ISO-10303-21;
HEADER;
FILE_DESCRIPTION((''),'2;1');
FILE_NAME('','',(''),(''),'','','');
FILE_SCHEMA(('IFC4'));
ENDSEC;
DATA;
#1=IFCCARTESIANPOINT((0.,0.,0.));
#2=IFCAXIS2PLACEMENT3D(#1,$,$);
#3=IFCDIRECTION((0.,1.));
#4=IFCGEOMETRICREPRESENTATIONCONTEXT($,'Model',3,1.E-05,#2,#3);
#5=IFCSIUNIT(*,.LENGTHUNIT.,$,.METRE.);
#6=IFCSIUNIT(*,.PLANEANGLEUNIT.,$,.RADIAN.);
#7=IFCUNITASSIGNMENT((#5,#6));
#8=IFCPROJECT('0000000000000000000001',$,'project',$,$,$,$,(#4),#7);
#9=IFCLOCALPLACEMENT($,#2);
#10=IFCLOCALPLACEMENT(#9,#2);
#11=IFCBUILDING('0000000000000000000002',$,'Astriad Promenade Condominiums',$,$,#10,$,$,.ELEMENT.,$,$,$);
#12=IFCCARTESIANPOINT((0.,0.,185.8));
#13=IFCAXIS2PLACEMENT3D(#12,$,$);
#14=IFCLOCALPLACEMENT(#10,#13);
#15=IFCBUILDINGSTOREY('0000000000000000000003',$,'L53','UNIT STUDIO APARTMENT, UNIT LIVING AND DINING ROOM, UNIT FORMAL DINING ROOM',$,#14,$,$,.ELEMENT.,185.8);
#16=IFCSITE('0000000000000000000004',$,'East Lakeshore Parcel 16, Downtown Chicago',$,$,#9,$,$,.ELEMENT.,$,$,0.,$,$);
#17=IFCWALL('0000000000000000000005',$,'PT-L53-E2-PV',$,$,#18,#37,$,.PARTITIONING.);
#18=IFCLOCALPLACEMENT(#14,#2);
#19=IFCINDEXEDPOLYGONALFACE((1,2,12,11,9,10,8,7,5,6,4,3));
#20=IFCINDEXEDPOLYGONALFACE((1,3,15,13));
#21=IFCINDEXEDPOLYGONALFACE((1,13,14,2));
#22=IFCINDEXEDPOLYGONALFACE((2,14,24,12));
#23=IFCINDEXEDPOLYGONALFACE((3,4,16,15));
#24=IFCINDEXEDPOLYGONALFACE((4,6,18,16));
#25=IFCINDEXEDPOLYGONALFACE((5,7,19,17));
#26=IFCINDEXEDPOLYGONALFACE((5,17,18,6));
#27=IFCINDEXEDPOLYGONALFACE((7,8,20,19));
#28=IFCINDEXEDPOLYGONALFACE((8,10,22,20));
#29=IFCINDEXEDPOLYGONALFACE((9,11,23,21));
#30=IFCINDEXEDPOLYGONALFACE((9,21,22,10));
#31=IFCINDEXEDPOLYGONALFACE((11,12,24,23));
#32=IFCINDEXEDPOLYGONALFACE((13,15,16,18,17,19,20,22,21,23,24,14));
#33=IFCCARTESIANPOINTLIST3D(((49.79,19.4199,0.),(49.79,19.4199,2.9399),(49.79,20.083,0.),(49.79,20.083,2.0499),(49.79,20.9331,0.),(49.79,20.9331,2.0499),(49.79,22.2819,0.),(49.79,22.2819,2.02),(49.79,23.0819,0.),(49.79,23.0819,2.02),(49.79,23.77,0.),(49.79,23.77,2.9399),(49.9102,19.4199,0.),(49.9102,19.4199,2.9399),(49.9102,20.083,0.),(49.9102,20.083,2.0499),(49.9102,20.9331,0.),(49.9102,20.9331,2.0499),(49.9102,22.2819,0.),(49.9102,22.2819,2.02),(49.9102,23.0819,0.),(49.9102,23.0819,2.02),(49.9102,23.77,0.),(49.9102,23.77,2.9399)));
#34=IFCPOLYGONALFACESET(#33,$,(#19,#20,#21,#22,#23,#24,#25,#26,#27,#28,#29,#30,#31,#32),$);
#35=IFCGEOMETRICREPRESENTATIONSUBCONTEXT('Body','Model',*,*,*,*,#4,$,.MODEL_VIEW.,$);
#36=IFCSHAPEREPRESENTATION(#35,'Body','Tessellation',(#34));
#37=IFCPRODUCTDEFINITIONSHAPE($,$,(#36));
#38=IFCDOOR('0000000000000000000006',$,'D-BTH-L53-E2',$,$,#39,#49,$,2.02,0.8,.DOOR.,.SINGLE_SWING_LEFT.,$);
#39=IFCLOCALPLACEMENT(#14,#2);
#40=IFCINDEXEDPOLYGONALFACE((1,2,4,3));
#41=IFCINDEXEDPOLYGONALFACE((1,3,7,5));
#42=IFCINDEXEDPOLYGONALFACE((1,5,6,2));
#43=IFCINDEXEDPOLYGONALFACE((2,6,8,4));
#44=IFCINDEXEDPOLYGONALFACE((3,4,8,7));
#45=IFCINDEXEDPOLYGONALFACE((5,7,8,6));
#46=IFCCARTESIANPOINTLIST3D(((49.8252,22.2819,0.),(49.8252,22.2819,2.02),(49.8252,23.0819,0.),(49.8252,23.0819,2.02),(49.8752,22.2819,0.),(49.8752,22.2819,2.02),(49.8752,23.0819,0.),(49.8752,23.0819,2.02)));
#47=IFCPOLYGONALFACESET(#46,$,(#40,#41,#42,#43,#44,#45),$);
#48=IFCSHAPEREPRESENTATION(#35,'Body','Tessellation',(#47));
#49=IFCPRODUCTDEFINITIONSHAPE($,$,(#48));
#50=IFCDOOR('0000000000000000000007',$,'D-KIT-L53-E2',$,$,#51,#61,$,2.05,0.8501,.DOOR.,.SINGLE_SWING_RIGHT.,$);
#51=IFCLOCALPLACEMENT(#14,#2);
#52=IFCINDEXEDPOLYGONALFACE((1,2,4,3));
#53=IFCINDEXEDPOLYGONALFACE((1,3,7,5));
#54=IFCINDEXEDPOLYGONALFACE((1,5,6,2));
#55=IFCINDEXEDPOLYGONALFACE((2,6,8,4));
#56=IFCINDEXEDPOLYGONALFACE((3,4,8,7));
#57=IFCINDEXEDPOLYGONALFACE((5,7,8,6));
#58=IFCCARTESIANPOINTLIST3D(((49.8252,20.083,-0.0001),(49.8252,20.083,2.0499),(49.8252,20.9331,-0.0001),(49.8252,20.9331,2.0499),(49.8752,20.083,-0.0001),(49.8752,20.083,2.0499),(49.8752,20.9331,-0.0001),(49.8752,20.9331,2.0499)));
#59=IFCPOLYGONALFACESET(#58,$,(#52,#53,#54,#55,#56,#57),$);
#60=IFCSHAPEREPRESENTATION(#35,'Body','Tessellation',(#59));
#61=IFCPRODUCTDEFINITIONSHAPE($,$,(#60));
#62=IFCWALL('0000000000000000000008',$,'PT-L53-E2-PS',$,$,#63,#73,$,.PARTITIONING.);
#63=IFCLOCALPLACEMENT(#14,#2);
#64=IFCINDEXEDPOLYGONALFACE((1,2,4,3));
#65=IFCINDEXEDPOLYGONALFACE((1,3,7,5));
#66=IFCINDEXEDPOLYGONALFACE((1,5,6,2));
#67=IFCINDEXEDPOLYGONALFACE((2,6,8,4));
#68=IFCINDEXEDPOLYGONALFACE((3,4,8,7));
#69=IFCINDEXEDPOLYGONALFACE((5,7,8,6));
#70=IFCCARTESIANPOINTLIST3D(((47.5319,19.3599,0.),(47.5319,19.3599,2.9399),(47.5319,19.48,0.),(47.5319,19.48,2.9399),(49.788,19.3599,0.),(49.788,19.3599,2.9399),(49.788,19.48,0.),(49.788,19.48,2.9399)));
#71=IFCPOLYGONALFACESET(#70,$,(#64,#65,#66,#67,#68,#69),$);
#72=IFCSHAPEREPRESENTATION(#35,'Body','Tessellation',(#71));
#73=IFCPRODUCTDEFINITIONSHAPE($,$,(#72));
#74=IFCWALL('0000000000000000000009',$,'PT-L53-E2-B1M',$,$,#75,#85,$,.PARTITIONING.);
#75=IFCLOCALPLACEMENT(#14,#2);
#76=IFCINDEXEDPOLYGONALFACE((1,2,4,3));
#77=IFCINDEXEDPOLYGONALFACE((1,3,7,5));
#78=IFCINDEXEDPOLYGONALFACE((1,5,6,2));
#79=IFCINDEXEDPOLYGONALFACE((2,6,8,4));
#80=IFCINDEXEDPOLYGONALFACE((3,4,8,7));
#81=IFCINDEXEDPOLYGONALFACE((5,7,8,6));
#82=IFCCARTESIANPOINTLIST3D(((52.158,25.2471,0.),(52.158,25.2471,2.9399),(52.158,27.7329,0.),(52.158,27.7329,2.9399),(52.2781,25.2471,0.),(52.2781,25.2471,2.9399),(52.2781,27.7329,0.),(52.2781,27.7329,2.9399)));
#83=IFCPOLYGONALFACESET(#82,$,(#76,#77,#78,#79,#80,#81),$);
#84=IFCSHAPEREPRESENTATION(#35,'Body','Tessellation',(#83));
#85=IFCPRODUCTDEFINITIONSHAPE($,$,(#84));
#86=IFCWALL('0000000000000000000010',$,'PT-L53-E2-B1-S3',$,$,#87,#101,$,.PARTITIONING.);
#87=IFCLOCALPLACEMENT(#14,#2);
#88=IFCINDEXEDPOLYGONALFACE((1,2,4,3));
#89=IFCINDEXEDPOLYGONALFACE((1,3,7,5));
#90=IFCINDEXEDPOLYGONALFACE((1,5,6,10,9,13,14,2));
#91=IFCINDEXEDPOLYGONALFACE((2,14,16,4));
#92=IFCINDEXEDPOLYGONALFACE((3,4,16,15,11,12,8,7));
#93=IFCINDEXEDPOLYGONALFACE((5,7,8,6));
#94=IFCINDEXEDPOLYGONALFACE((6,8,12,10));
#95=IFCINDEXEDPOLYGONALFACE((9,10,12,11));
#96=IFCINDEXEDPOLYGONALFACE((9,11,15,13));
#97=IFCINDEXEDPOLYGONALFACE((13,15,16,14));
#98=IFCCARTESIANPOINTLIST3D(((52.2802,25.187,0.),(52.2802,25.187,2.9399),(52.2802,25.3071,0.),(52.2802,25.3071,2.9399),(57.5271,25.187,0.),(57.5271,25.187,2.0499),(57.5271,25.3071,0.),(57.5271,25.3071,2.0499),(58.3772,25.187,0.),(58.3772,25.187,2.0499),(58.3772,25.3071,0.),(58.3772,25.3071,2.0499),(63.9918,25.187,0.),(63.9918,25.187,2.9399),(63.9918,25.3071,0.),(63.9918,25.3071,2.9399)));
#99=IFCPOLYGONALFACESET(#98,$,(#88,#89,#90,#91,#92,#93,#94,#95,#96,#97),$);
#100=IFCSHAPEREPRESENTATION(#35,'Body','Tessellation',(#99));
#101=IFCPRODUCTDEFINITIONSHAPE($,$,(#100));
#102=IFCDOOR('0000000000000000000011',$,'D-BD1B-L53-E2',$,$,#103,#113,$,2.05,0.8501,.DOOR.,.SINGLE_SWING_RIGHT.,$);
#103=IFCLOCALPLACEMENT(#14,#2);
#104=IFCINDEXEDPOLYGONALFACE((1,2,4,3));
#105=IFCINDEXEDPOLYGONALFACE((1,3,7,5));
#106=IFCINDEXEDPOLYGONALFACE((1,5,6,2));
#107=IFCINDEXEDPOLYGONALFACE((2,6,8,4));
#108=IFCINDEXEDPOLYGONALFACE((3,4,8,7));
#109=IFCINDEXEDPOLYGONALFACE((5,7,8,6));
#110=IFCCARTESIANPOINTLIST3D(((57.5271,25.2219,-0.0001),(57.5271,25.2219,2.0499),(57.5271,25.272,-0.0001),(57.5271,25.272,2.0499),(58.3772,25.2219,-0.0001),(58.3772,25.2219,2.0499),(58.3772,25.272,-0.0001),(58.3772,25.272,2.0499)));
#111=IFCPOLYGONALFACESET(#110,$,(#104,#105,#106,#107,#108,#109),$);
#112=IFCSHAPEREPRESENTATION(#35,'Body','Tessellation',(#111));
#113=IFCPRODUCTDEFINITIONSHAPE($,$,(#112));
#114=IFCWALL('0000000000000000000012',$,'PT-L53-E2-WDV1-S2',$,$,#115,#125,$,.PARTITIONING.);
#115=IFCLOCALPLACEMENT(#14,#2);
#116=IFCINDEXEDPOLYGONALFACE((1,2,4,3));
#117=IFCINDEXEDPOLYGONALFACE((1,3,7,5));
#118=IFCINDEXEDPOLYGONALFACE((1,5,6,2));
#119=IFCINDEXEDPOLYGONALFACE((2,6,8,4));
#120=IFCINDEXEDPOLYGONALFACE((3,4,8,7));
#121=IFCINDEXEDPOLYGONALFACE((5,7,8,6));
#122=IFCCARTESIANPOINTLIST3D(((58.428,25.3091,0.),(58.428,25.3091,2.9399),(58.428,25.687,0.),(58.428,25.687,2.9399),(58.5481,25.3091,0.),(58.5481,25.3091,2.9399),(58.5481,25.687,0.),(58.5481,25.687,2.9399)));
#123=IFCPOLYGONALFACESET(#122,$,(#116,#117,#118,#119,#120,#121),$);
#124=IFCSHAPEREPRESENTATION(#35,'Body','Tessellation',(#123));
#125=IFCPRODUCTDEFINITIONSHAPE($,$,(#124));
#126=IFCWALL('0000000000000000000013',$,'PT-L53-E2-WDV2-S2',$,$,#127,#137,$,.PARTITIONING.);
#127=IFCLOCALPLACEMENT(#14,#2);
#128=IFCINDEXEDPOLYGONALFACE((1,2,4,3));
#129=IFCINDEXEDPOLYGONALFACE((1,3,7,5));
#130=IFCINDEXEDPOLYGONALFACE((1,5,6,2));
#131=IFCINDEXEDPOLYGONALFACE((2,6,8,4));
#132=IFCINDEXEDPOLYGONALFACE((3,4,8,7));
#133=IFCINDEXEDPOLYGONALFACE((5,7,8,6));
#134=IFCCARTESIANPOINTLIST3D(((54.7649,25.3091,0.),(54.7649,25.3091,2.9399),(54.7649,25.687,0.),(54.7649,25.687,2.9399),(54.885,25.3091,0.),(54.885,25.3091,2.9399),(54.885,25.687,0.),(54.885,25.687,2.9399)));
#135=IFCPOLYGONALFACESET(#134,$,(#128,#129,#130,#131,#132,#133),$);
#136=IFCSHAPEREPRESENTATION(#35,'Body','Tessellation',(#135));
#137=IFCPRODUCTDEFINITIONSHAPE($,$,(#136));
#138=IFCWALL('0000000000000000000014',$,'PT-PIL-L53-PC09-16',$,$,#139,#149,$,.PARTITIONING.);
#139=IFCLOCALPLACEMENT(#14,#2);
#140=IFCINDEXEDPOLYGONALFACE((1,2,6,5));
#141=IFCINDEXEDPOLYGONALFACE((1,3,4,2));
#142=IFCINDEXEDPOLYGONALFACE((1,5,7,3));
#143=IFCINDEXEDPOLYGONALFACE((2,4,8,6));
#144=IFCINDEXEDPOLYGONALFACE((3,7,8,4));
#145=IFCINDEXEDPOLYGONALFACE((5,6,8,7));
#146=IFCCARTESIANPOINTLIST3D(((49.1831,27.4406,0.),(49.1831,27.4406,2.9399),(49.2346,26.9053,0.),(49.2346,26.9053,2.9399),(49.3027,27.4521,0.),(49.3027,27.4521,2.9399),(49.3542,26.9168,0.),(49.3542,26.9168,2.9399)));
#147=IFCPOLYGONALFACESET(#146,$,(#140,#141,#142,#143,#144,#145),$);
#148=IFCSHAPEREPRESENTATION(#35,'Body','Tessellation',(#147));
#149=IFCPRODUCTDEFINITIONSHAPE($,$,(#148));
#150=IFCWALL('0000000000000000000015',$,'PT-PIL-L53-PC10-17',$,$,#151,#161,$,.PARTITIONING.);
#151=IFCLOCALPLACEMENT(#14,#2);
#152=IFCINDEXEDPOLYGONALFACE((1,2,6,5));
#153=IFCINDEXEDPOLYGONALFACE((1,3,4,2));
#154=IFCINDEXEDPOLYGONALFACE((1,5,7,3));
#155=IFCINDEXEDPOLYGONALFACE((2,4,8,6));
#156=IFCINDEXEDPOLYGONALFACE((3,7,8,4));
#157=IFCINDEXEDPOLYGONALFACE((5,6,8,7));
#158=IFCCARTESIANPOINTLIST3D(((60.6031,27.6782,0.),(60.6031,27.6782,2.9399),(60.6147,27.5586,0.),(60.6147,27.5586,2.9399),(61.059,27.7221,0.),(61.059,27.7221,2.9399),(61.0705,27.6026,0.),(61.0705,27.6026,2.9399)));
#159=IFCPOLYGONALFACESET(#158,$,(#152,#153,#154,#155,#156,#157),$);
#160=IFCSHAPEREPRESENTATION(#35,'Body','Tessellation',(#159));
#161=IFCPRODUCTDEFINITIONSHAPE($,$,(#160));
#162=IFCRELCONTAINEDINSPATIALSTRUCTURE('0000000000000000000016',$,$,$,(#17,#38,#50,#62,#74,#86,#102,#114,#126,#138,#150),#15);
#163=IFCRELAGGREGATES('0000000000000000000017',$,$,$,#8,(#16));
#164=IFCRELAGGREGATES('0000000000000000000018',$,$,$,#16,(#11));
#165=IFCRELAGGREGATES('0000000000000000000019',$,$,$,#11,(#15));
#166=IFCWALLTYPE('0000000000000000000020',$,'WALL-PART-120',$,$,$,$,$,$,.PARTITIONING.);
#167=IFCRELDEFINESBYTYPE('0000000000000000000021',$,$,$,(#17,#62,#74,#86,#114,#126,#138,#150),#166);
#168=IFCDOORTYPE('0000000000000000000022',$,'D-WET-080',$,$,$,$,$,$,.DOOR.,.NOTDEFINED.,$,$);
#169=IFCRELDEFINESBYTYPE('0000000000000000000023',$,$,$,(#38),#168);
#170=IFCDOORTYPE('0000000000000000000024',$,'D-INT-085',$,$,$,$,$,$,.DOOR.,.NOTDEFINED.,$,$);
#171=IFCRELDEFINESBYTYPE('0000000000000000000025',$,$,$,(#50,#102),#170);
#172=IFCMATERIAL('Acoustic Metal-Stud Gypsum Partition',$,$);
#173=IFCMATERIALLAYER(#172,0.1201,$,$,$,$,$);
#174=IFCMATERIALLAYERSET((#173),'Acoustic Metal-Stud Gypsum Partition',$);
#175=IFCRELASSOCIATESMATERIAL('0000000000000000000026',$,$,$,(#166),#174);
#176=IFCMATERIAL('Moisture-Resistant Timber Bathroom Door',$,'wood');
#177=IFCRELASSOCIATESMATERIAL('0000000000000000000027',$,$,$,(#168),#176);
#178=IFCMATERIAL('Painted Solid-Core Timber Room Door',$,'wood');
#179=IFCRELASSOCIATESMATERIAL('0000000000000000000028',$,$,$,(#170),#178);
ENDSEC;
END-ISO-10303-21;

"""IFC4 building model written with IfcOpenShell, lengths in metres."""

from ifc_helpers import new_model, si_unit, direction, frame, frame_2d, origin, place, context, subcontext, project, spatial, rectangle, extrude, source, transform, mapped, material, layer, layer_set, type_object, type_shapes, element, fill, save


model = new_model("IFC4")

# Units and contexts
model_context = context("Model", 3, precision=1e-05, world=origin(), true_north=direction((0.0, 1.0)))
body_context = subcontext(model_context, "Body", "Model", "MODEL_VIEW")
ifc_project = project(units=[si_unit("LENGTHUNIT", "METRE"), si_unit("PLANEANGLEUNIT", "RADIAN")], contexts=[model_context])

# Site, building, storey
site_placement = place(None, origin())
site = spatial("IfcSite", under=ifc_project, at=site_placement, Name="East Lakeshore Parcel 16, Downtown Chicago", CompositionType="ELEMENT", RefElevation=0.0)
building_placement = place(site_placement, origin())
building = spatial("IfcBuilding", under=site, at=building_placement, Name="Astriad Promenade Condominiums", CompositionType="ELEMENT")
storey_placement = place(building_placement, frame((0.0, 0.0, 185.8)))
storey = spatial("IfcBuildingStorey", under=building, at=storey_placement, Name="L53", Description="UNIT STUDIO APARTMENT, UNIT LIVING AND DINING ROOM, UNIT FORMAL DINING ROOM", CompositionType="ELEMENT", Elevation=185.8)

# Wall, openings, doors
ifc_material_1 = material(Name="Acoustic Metal-Stud Gypsum Partition")
ifc_layer_1 = layer(ifc_material_1, 0.1201)
ifc_layer_set_1 = layer_set([ifc_layer_1], Name="Acoustic Metal-Stud Gypsum Partition")
wall_type_1 = type_object("IfcWallType", Name="WALL-PART-120", PredefinedType="PARTITIONING", material=ifc_layer_set_1)
wall_1_placement = place(storey_placement, frame((49.8501, 19.4199, 0.0), z_axis=(0.0, 0.0, 1.0), x_axis=(0.0, 1.0, 0.0)))
wall_1 = element("IfcWall", 1, at=wall_1_placement, inside=storey, type_object=wall_type_1, Name="PT-L53-E2-PV", PredefinedType="PARTITIONING", context=body_context, shape_type="SweptSolid", body=[
    extrude(rectangle(XDim=4.3501, YDim=0.1201, at=frame_2d((2.175, 0.0))), origin(), (0.0, 0.0, 1.0), 2.9399),
])
opening_1_placement = place(wall_1_placement, frame((0.6631, 0.0, 0.0)))
opening_1 = element("IfcOpeningElement", 2, at=opening_1_placement, cuts=wall_1, PredefinedType="OPENING", context=body_context, shape_type="SweptSolid", body=[
    extrude(rectangle(XDim=0.8501, YDim=2.05, at=frame_2d((0.425, 1.0249))), frame((0.0, 0.0701, 0.0), z_axis=(0.0, -1.0, 0.0), x_axis=(1.0, 0.0, 0.0)), (0.0, 0.0, 1.0), 0.1401),
])
opening_2_placement = place(wall_1_placement, frame((2.8621, 0.0, 0.0)))
opening_2 = element("IfcOpeningElement", 3, at=opening_2_placement, cuts=wall_1, PredefinedType="OPENING", context=body_context, shape_type="SweptSolid", body=[
    extrude(rectangle(XDim=0.8, YDim=2.02, at=frame_2d((0.3999, 1.01))), frame((0.0, 0.0701, 0.0), z_axis=(0.0, -1.0, 0.0), x_axis=(1.0, 0.0, 0.0)), (0.0, 0.0, 1.0), 0.1401),
])
ifc_material_2 = material(Name="Moisture-Resistant Timber Bathroom Door", Category="wood")
door_type_1 = type_object("IfcDoorType", Name="D-WET-080", OperationType="NOTDEFINED", PredefinedType="DOOR", material=ifc_material_2)
shared_shape_1 = source(origin(), body_context, "Body", "SweptSolid", [
    extrude(rectangle(XDim=0.8, YDim=2.02, at=frame_2d((0.3999, 1.01))), frame((0.0, 0.0249, 0.0), z_axis=(0.0, -1.0, 0.0), x_axis=(1.0, 0.0, 0.0)), (0.0, 0.0, 1.0), 0.05),
])
type_shapes(door_type_1, [shared_shape_1])
door_1_placement = place(opening_2_placement, origin())
door_1 = element("IfcDoor", 4, at=door_1_placement, inside=storey, type_object=door_type_1, Name="D-BTH-L53-E2", OperationType="SINGLE_SWING_LEFT", OverallHeight=2.02, OverallWidth=0.8, PredefinedType="DOOR", context=body_context, shape_type="MappedRepresentation", body=[
    mapped(shared_shape_1, transform((0.0, 0.0, 0.0), scale=1.0)),
])
fill(opening_2, door_1)
ifc_material_3 = material(Name="Painted Solid-Core Timber Room Door", Category="wood")
door_type_2 = type_object("IfcDoorType", Name="D-INT-085", OperationType="NOTDEFINED", PredefinedType="DOOR", material=ifc_material_3)
shared_shape_2 = source(origin(), body_context, "Body", "SweptSolid", [
    extrude(rectangle(XDim=0.8501, YDim=2.05, at=frame_2d((0.425, 1.0249))), frame((0.0, 0.0249, 0.0), z_axis=(0.0, -1.0, 0.0), x_axis=(1.0, 0.0, 0.0)), (0.0, 0.0, 1.0), 0.05),
])
type_shapes(door_type_2, [shared_shape_2])
door_2_placement = place(opening_1_placement, origin())
door_2 = element("IfcDoor", 5, at=door_2_placement, inside=storey, type_object=door_type_2, Name="D-KIT-L53-E2", OperationType="SINGLE_SWING_RIGHT", OverallHeight=2.05, OverallWidth=0.8501, PredefinedType="DOOR", context=body_context, shape_type="MappedRepresentation", body=[
    mapped(shared_shape_2, transform((0.0, 0.0, 0.0), scale=1.0)),
])
fill(opening_1, door_2)

# Walls
wall_2_placement = place(storey_placement, frame((47.532, 19.4199, 0.0), z_axis=(0.0, 0.0, 1.0), x_axis=(1.0, 0.0, 0.0)))
element("IfcWall", 6, at=wall_2_placement, inside=storey, type_object=wall_type_1, Name="PT-L53-E2-PS", PredefinedType="PARTITIONING", context=body_context, shape_type="SweptSolid", body=[
    extrude(rectangle(XDim=2.2561, YDim=0.1201, at=frame_2d((1.1279, 0.0))), origin(), (0.0, 0.0, 1.0), 2.9399),
])
wall_3_placement = place(storey_placement, frame((52.218, 25.2471, 0.0), z_axis=(0.0, 0.0, 1.0), x_axis=(0.0, 1.0, 0.0)))
element("IfcWall", 7, at=wall_3_placement, inside=storey, type_object=wall_type_1, Name="PT-L53-E2-B1M", PredefinedType="PARTITIONING", context=body_context, shape_type="SweptSolid", body=[
    extrude(rectangle(XDim=2.4858, YDim=0.1201, at=frame_2d((1.2429, 0.0))), origin(), (0.0, 0.0, 1.0), 2.9399),
])

# Wall, opening, door
wall_4_placement = place(storey_placement, frame((52.28, 25.2471, 0.0), z_axis=(0.0, 0.0, 1.0), x_axis=(1.0, 0.0, 0.0)))
wall_4 = element("IfcWall", 8, at=wall_4_placement, inside=storey, type_object=wall_type_1, Name="PT-L53-E2-B1-S3", PredefinedType="PARTITIONING", context=body_context, shape_type="SweptSolid", body=[
    extrude(rectangle(XDim=11.7117, YDim=0.1201, at=frame_2d((5.856, 0.0))), origin(), (0.0, 0.0, 1.0), 2.9399),
])
opening_3_placement = place(wall_4_placement, frame((5.2471, 0.0, 0.0)))
opening_3 = element("IfcOpeningElement", 9, at=opening_3_placement, cuts=wall_4, PredefinedType="OPENING", context=body_context, shape_type="SweptSolid", body=[
    extrude(rectangle(XDim=0.8501, YDim=2.05, at=frame_2d((0.425, 1.0249))), frame((0.0, 0.0701, 0.0), z_axis=(0.0, -1.0, 0.0), x_axis=(1.0, 0.0, 0.0)), (0.0, 0.0, 1.0), 0.1401),
])
door_3_placement = place(opening_3_placement, origin())
door_3 = element("IfcDoor", 10, at=door_3_placement, inside=storey, type_object=door_type_2, Name="D-BD1B-L53-E2", OperationType="SINGLE_SWING_RIGHT", OverallHeight=2.05, OverallWidth=0.8501, PredefinedType="DOOR", context=body_context, shape_type="MappedRepresentation", body=[
    mapped(shared_shape_2, transform((0.0, 0.0, 0.0), scale=1.0)),
])
fill(opening_3, door_3)

# Walls
for number, where, z_axis, x_axis, name in (
    (11, (58.488, 25.3091, 0.0), (0.0, 0.0, 1.0), (0.0, 1.0, 0.0), "PT-L53-E2-WDV1-S2"),
    (12, (54.825, 25.3091, 0.0), (0.0, 0.0, 1.0), (0.0, 1.0, 0.0), "PT-L53-E2-WDV2-S2"),
):
    element("IfcWall", number, at=place(storey_placement, frame(where, z_axis=z_axis, x_axis=x_axis)), inside=storey, type_object=wall_type_1, Name=name, PredefinedType="PARTITIONING", context=body_context, shape_type="SweptSolid", body=[
        extrude(rectangle(XDim=0.3779, YDim=0.1201, at=frame_2d((0.189, 0.0))), origin(), (0.0, 0.0, 1.0), 2.9399),
    ])
wall_5_placement = place(storey_placement, frame((49.2944, 26.9109, 0.0), z_axis=(0.0, 0.0, 1.0), x_axis=(-0.095773, 0.995403, 0.0)))
element("IfcWall", 13, at=wall_5_placement, inside=storey, type_object=wall_type_1, Name="PT-PIL-L53-PC09-16", PredefinedType="PARTITIONING", context=body_context, shape_type="SweptSolid", body=[
    extrude(rectangle(XDim=0.5378, YDim=0.1201, at=frame_2d((0.269, 0.0))), origin(), (0.0, 0.0, 1.0), 2.9399),
])
wall_6_placement = place(storey_placement, frame((60.6089, 27.6184, 0.0), z_axis=(0.0, 0.0, 1.0), x_axis=(0.995385, 0.095966, 0.0)))
element("IfcWall", 14, at=wall_6_placement, inside=storey, type_object=wall_type_1, Name="PT-PIL-L53-PC10-17", PredefinedType="PARTITIONING", context=body_context, shape_type="SweptSolid", body=[
    extrude(rectangle(XDim=0.458, YDim=0.1201, at=frame_2d((0.229, 0.0))), origin(), (0.0, 0.0, 1.0), 2.9399),
])

save(model, "model.ifc")
